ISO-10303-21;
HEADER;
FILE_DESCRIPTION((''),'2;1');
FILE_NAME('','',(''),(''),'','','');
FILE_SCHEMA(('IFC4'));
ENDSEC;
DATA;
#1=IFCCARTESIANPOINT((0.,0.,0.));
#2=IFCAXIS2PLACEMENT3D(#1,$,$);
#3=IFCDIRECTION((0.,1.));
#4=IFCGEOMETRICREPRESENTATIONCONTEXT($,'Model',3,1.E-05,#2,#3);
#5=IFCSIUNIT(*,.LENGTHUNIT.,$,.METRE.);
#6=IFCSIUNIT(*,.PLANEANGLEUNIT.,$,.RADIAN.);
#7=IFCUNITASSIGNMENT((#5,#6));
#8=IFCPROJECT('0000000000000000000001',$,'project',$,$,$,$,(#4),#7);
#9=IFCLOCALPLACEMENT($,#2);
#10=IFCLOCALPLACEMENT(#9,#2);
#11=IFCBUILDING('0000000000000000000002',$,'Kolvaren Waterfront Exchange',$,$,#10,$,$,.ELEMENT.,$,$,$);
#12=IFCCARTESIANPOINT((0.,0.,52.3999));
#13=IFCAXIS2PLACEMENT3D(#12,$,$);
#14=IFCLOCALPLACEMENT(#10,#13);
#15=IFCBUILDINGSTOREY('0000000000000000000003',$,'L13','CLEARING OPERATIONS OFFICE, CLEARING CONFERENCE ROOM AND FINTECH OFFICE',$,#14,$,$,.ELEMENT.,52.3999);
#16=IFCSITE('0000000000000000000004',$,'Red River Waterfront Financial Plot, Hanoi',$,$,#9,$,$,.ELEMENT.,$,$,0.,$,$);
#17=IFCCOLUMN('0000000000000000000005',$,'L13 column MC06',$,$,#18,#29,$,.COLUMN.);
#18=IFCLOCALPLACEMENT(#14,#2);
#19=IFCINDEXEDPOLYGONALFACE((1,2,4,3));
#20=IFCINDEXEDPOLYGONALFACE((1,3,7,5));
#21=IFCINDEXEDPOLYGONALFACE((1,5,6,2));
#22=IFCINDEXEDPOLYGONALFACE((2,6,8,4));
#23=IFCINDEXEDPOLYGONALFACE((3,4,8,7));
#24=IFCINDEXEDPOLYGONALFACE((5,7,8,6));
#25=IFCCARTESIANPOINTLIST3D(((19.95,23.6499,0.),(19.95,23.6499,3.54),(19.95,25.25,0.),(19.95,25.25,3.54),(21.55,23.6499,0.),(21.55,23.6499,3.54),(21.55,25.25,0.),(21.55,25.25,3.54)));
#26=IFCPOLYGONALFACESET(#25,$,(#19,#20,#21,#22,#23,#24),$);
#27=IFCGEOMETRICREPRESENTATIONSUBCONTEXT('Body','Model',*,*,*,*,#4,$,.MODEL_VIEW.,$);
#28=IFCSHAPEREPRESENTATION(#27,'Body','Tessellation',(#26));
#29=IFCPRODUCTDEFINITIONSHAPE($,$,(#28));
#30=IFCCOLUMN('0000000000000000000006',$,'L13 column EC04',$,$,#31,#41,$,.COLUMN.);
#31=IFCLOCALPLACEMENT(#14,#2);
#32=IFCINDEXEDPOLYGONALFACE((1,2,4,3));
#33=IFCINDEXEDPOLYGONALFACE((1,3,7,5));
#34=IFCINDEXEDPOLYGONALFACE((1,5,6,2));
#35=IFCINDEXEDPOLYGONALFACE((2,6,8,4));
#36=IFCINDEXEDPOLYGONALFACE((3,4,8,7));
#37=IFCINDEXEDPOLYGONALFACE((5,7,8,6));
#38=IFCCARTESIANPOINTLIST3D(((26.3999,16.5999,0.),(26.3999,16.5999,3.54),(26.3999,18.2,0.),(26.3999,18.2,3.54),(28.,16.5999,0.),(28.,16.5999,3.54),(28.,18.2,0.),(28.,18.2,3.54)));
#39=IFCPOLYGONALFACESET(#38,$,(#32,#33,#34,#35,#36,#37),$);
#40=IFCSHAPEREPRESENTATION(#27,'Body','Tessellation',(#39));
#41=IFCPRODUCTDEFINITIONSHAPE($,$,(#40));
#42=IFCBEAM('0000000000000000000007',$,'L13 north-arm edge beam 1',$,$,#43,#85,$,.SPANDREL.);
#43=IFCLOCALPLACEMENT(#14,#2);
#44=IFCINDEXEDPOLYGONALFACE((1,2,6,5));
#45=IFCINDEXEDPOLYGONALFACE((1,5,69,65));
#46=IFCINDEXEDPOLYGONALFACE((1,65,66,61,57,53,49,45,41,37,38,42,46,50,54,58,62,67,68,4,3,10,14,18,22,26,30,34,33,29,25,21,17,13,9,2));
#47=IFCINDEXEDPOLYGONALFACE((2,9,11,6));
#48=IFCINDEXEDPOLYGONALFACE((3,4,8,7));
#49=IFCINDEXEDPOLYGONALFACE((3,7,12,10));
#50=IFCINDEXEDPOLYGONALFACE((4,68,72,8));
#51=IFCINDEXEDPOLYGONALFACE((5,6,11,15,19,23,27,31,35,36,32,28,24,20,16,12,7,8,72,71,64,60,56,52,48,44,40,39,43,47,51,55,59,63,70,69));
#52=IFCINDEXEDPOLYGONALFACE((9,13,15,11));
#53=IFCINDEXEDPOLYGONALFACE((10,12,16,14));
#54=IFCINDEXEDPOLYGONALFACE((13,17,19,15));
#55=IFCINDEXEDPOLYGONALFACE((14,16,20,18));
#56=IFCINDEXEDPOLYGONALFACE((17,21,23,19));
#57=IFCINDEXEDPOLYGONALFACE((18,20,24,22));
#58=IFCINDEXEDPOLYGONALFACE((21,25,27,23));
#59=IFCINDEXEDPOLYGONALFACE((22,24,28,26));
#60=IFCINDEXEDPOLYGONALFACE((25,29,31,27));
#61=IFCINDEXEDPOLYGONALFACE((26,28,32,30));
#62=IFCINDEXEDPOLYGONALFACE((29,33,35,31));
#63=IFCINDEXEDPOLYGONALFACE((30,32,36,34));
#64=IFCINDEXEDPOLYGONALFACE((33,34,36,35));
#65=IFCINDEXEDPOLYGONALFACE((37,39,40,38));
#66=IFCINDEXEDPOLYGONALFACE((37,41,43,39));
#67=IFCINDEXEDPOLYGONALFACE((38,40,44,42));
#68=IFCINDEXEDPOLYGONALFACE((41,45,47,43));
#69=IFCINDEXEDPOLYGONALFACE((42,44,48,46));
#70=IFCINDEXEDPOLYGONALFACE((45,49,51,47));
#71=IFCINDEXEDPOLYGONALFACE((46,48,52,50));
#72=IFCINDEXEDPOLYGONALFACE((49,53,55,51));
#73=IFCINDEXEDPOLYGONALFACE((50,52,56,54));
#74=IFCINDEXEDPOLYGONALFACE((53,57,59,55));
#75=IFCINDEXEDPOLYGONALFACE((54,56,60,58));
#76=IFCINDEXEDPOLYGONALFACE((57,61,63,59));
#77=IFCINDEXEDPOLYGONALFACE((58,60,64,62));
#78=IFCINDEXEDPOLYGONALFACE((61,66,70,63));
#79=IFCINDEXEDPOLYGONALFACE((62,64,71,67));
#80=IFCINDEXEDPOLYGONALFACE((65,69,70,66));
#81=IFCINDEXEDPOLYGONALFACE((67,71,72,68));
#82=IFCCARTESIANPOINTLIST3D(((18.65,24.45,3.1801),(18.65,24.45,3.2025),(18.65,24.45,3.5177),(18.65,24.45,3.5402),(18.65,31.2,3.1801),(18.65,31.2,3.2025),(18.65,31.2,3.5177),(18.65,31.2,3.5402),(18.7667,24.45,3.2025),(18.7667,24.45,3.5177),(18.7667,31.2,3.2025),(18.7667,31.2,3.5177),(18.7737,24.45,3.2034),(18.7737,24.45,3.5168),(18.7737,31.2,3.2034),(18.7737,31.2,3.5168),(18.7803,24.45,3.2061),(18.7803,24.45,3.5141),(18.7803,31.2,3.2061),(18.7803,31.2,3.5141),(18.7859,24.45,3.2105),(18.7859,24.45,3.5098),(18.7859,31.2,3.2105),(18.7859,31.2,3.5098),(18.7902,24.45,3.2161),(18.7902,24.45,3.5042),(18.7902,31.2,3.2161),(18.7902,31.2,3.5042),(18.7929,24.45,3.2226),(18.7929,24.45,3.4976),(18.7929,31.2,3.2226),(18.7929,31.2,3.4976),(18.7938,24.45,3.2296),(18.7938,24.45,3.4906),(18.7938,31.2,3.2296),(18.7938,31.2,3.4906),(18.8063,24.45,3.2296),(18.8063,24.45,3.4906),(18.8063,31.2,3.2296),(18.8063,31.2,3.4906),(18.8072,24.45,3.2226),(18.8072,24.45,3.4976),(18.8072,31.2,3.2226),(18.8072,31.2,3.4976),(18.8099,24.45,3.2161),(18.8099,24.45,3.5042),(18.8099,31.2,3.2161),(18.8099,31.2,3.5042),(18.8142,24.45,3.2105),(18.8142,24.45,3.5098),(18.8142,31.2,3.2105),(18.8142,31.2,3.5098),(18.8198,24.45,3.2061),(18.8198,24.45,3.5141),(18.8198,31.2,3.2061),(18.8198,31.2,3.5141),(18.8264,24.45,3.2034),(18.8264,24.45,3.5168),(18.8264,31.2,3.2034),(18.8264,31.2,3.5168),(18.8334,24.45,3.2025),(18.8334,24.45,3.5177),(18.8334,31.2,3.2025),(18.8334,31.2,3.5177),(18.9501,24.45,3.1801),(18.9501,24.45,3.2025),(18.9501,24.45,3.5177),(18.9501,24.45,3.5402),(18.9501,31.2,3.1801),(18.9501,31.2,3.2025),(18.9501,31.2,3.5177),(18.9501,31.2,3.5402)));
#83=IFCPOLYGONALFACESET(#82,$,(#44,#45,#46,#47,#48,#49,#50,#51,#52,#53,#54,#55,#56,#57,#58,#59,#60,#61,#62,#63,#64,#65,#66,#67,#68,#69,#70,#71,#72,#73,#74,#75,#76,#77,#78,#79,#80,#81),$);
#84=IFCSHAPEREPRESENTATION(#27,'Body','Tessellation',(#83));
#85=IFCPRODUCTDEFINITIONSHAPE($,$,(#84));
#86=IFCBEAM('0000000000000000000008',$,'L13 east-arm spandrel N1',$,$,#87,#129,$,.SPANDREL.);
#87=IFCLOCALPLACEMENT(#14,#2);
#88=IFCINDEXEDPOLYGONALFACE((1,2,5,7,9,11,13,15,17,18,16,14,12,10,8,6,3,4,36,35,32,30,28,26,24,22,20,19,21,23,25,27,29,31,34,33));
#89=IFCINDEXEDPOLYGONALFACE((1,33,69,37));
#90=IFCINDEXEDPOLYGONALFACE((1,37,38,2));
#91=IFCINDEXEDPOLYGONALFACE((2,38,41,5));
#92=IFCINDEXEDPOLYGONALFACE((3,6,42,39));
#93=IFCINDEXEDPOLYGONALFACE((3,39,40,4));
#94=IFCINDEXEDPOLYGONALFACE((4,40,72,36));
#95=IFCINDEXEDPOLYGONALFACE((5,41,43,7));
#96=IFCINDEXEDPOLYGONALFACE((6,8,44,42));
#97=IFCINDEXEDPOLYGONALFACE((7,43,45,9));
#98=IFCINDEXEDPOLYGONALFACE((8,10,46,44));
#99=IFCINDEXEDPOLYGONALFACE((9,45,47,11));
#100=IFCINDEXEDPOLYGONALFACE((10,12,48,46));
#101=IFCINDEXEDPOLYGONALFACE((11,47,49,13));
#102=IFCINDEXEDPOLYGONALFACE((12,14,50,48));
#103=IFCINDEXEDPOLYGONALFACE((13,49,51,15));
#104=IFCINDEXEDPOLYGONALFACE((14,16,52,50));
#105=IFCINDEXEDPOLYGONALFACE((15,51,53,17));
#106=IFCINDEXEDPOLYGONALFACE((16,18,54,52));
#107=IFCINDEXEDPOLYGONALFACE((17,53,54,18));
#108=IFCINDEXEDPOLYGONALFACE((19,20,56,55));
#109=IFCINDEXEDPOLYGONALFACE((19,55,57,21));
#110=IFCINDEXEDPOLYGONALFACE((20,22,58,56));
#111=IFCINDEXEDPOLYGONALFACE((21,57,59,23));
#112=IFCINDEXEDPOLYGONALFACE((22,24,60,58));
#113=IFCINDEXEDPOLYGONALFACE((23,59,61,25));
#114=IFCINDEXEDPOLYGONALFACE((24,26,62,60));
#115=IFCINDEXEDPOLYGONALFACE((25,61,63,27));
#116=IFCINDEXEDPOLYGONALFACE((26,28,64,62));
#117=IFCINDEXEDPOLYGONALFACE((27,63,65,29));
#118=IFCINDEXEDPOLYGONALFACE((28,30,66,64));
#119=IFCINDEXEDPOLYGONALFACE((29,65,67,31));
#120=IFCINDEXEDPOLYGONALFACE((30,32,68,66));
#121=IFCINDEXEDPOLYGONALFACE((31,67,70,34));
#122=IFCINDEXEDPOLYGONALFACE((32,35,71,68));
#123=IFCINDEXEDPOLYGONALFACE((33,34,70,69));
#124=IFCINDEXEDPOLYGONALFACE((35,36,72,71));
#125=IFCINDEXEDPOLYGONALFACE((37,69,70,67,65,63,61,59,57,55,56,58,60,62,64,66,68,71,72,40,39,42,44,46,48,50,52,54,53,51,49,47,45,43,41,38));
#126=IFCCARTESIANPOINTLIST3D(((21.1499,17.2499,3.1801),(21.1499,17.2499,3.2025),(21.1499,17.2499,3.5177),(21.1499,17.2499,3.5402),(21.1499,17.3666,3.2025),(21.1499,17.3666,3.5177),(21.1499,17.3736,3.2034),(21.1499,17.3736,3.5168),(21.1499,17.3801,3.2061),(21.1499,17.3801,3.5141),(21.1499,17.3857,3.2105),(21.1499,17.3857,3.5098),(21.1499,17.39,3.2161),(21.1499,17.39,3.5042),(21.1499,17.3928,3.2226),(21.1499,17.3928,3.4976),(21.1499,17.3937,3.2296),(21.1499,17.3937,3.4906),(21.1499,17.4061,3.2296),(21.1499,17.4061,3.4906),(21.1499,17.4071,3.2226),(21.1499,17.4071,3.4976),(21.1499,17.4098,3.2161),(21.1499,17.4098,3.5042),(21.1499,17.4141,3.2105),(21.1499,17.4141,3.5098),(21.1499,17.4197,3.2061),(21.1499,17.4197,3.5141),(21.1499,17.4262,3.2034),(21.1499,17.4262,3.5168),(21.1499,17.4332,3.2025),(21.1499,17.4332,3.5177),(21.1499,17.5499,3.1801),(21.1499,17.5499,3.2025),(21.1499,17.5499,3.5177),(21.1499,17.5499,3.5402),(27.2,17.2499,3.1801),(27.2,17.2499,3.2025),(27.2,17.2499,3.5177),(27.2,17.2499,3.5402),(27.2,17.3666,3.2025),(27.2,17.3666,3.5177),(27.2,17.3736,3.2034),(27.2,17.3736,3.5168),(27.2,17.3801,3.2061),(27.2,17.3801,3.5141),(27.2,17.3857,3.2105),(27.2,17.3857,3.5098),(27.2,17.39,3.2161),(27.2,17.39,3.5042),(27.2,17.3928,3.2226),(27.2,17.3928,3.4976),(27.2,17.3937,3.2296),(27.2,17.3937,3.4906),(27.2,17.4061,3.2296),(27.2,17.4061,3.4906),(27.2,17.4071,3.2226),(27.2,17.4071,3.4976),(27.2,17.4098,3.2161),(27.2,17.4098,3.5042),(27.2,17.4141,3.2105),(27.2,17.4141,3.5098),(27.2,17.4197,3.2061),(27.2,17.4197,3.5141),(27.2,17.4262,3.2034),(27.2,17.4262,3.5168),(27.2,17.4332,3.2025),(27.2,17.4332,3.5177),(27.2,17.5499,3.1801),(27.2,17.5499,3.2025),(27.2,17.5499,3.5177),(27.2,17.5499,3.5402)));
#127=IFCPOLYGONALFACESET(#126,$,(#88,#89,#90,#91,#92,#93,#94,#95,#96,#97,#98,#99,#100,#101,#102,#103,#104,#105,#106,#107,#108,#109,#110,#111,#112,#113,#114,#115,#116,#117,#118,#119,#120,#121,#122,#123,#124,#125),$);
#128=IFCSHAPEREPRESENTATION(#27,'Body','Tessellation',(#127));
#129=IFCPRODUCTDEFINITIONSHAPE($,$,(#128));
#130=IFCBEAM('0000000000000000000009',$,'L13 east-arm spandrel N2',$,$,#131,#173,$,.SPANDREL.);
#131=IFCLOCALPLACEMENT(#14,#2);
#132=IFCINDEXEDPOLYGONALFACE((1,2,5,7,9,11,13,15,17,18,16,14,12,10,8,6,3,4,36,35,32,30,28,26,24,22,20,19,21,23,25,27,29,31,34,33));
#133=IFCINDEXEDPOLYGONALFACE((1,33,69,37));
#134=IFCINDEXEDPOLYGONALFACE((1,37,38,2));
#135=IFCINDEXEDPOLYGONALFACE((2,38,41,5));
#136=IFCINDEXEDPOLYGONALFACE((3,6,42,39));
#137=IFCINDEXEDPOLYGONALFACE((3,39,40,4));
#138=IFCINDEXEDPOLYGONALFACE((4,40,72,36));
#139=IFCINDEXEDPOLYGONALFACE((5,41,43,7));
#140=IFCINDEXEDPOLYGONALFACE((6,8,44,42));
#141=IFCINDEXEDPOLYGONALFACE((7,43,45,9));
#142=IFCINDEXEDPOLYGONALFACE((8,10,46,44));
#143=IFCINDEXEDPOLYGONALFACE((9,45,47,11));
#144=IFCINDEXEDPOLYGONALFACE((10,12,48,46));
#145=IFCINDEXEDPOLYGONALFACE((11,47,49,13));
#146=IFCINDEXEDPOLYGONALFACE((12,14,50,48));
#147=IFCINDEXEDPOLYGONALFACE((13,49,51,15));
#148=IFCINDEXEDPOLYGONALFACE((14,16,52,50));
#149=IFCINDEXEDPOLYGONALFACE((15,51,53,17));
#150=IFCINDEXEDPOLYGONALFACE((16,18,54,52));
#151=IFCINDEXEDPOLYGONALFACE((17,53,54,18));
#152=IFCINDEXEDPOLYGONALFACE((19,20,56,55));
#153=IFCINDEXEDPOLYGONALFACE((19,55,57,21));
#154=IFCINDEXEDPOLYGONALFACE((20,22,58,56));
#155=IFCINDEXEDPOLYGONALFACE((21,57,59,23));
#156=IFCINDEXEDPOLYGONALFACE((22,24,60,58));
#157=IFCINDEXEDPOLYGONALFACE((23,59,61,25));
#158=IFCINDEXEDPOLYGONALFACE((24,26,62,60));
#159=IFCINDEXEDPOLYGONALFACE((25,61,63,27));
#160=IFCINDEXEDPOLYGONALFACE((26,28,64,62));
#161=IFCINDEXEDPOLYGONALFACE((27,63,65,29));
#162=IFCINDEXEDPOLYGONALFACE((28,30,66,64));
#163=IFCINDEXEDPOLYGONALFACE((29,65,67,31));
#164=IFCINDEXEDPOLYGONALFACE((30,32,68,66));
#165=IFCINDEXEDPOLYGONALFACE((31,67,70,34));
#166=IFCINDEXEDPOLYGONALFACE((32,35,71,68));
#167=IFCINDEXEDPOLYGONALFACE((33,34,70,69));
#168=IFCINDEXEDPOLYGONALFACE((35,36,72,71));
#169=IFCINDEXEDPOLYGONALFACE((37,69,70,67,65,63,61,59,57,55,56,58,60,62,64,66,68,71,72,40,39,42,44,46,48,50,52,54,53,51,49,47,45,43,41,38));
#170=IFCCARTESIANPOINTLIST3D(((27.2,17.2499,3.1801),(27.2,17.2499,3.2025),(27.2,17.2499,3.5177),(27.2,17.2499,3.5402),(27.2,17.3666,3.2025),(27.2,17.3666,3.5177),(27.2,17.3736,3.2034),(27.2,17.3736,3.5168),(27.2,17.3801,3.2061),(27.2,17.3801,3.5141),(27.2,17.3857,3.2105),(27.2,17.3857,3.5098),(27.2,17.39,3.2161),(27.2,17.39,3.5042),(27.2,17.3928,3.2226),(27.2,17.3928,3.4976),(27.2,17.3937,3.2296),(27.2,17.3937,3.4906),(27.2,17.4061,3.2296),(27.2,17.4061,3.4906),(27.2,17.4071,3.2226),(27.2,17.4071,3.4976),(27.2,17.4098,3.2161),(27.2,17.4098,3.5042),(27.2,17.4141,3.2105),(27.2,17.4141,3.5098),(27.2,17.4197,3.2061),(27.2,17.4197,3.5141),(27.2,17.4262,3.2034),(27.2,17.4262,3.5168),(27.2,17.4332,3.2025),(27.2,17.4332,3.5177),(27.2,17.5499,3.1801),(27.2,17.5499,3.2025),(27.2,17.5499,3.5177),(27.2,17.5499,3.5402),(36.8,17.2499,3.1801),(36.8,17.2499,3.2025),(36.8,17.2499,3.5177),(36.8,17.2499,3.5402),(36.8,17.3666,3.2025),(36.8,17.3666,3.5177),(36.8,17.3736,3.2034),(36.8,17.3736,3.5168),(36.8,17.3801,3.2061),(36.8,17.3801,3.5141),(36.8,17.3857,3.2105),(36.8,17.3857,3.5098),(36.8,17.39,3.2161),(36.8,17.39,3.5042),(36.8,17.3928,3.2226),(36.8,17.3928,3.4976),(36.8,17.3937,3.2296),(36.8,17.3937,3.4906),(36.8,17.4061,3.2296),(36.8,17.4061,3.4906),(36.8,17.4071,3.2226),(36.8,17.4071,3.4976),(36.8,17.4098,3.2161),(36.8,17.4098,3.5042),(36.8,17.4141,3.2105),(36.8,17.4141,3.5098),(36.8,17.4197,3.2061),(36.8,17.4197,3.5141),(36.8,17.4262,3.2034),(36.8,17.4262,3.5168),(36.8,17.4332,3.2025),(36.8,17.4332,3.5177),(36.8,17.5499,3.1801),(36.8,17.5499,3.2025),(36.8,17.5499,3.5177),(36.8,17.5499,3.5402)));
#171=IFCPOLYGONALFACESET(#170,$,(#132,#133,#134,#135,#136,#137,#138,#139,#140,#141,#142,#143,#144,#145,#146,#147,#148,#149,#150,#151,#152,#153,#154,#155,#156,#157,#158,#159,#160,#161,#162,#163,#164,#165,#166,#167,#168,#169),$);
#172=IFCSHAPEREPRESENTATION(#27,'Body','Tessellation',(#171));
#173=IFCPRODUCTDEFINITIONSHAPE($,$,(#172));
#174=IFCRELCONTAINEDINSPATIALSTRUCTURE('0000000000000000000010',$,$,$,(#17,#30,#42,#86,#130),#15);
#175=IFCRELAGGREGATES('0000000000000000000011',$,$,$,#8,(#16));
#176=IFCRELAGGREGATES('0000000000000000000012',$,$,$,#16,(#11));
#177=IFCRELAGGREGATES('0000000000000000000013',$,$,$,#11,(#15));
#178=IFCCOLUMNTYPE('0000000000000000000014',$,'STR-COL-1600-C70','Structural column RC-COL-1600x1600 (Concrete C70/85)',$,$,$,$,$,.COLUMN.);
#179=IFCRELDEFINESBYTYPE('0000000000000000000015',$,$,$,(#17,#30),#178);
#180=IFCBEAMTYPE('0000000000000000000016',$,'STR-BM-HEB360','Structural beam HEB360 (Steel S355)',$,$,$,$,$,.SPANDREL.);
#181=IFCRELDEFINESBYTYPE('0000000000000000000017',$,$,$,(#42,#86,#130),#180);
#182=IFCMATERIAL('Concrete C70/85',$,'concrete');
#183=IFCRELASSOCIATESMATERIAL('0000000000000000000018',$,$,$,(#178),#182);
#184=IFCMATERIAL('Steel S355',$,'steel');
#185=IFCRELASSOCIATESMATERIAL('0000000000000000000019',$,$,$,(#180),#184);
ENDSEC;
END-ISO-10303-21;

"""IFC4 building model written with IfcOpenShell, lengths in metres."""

from ifc_helpers import new_model, si_unit, direction, frame, origin, origin_2d, place, context, subcontext, project, spatial, rectangle, i_section, extrude, material, material_profile, profile_set, type_object, element, save


model = new_model("IFC4")

# Units and contexts
model_context = context("Model", 3, precision=1e-05, world=origin(), true_north=direction((0.0, 1.0)))
body_context = subcontext(model_context, "Body", "Model", "MODEL_VIEW")
ifc_project = project(units=[si_unit("LENGTHUNIT", "METRE"), si_unit("PLANEANGLEUNIT", "RADIAN")], contexts=[model_context])

# Site, building, storey
site_placement = place(None, origin())
site = spatial("IfcSite", under=ifc_project, at=site_placement, Name="Red River Waterfront Financial Plot, Hanoi", CompositionType="ELEMENT", RefElevation=0.0)
building_placement = place(site_placement, origin())
building = spatial("IfcBuilding", under=site, at=building_placement, Name="Kolvaren Waterfront Exchange", CompositionType="ELEMENT")
storey_placement = place(building_placement, frame((0.0, 0.0, 52.3999)))
storey = spatial("IfcBuildingStorey", under=building, at=storey_placement, Name="L13", Description="CLEARING OPERATIONS OFFICE, CLEARING CONFERENCE ROOM AND FINTECH OFFICE", CompositionType="ELEMENT", Elevation=52.3999)

# Columns
ifc_material_1 = material(Name="Concrete C70/85", Category="concrete")
ifc_material_profile_1 = material_profile(ifc_material_1, rectangle(XDim=1.6001, YDim=1.6001, at=origin_2d()), Name="RC-COL-1600x1600")
ifc_profile_set_1 = profile_set([ifc_material_profile_1], Name="Concrete C70/85")
column_type = type_object("IfcColumnType", Name="STR-COL-1600-C70", Description="Structural column RC-COL-1600x1600 (Concrete C70/85)", PredefinedType="COLUMN", material=ifc_profile_set_1)
for number, where, z_axis, x_axis, name in (
    (1, (20.75, 24.45, 0.0), (0.0, 0.0, 1.0), (1.0, 0.0, 0.0), "L13 column MC06"),
    (2, (27.2, 17.3999, 0.0), (0.0, 0.0, 1.0), (1.0, 0.0, 0.0), "L13 column EC04"),
):
    element("IfcColumn", number, at=place(storey_placement, frame(where, z_axis=z_axis, x_axis=x_axis)), inside=storey, type_object=column_type, Name=name, PredefinedType="COLUMN", context=body_context, shape_type="SweptSolid", body=[
        extrude(rectangle(XDim=1.6001, YDim=1.6001, at=origin_2d()), origin(), (0.0, 0.0, 1.0), 3.54),
    ])

# Beams
ifc_material_2 = material(Name="Steel S355", Category="steel")
ifc_material_profile_2 = material_profile(ifc_material_2, i_section(OverallWidth=0.3, OverallDepth=0.3601, WebThickness=0.0125, FlangeThickness=0.0225, FilletRadius=0.0271, at=origin_2d()), Name="HEB360")
ifc_profile_set_2 = profile_set([ifc_material_profile_2], Name="Steel S355")
beam_type_1 = type_object("IfcBeamType", Name="STR-BM-HEB360", Description="Structural beam HEB360 (Steel S355)", PredefinedType="SPANDREL", material=ifc_profile_set_2)
beam_1_placement = place(storey_placement, frame((18.8, 24.45, 3.3601), z_axis=(0.0, 1.0, 0.0), x_axis=(-1.0, 0.0, 0.0)))
element("IfcBeam", 3, at=beam_1_placement, inside=storey, type_object=beam_type_1, Name="L13 north-arm edge beam 1", PredefinedType="SPANDREL", context=body_context, shape_type="SweptSolid", body=[
    extrude(i_section(OverallWidth=0.3, OverallDepth=0.3601, WebThickness=0.0125, FlangeThickness=0.0225, FilletRadius=0.0271, at=origin_2d()), origin(), (0.0, 0.0, 1.0), 6.75),
])
beam_2_placement = place(storey_placement, frame((21.1499, 17.3999, 3.3601), z_axis=(1.0, 0.0, 0.0), x_axis=(0.0, 1.0, 0.0)))
element("IfcBeam", 4, at=beam_2_placement, inside=storey, type_object=beam_type_1, Name="L13 east-arm spandrel N1", PredefinedType="SPANDREL", context=body_context, shape_type="SweptSolid", body=[
    extrude(i_section(OverallWidth=0.3, OverallDepth=0.3601, WebThickness=0.0125, FlangeThickness=0.0225, FilletRadius=0.0271, at=origin_2d()), origin(), (0.0, 0.0, 1.0), 6.05),
])
beam_3_placement = place(storey_placement, frame((27.2, 17.3999, 3.3601), z_axis=(1.0, 0.0, 0.0), x_axis=(0.0, 1.0, 0.0)))
element("IfcBeam", 5, at=beam_3_placement, inside=storey, type_object=beam_type_1, Name="L13 east-arm spandrel N2", PredefinedType="SPANDREL", context=body_context, shape_type="SweptSolid", body=[
    extrude(i_section(OverallWidth=0.3, OverallDepth=0.3601, WebThickness=0.0125, FlangeThickness=0.0225, FilletRadius=0.0271, at=origin_2d()), origin(), (0.0, 0.0, 1.0), 9.6001),
])

save(model, "model.ifc")
